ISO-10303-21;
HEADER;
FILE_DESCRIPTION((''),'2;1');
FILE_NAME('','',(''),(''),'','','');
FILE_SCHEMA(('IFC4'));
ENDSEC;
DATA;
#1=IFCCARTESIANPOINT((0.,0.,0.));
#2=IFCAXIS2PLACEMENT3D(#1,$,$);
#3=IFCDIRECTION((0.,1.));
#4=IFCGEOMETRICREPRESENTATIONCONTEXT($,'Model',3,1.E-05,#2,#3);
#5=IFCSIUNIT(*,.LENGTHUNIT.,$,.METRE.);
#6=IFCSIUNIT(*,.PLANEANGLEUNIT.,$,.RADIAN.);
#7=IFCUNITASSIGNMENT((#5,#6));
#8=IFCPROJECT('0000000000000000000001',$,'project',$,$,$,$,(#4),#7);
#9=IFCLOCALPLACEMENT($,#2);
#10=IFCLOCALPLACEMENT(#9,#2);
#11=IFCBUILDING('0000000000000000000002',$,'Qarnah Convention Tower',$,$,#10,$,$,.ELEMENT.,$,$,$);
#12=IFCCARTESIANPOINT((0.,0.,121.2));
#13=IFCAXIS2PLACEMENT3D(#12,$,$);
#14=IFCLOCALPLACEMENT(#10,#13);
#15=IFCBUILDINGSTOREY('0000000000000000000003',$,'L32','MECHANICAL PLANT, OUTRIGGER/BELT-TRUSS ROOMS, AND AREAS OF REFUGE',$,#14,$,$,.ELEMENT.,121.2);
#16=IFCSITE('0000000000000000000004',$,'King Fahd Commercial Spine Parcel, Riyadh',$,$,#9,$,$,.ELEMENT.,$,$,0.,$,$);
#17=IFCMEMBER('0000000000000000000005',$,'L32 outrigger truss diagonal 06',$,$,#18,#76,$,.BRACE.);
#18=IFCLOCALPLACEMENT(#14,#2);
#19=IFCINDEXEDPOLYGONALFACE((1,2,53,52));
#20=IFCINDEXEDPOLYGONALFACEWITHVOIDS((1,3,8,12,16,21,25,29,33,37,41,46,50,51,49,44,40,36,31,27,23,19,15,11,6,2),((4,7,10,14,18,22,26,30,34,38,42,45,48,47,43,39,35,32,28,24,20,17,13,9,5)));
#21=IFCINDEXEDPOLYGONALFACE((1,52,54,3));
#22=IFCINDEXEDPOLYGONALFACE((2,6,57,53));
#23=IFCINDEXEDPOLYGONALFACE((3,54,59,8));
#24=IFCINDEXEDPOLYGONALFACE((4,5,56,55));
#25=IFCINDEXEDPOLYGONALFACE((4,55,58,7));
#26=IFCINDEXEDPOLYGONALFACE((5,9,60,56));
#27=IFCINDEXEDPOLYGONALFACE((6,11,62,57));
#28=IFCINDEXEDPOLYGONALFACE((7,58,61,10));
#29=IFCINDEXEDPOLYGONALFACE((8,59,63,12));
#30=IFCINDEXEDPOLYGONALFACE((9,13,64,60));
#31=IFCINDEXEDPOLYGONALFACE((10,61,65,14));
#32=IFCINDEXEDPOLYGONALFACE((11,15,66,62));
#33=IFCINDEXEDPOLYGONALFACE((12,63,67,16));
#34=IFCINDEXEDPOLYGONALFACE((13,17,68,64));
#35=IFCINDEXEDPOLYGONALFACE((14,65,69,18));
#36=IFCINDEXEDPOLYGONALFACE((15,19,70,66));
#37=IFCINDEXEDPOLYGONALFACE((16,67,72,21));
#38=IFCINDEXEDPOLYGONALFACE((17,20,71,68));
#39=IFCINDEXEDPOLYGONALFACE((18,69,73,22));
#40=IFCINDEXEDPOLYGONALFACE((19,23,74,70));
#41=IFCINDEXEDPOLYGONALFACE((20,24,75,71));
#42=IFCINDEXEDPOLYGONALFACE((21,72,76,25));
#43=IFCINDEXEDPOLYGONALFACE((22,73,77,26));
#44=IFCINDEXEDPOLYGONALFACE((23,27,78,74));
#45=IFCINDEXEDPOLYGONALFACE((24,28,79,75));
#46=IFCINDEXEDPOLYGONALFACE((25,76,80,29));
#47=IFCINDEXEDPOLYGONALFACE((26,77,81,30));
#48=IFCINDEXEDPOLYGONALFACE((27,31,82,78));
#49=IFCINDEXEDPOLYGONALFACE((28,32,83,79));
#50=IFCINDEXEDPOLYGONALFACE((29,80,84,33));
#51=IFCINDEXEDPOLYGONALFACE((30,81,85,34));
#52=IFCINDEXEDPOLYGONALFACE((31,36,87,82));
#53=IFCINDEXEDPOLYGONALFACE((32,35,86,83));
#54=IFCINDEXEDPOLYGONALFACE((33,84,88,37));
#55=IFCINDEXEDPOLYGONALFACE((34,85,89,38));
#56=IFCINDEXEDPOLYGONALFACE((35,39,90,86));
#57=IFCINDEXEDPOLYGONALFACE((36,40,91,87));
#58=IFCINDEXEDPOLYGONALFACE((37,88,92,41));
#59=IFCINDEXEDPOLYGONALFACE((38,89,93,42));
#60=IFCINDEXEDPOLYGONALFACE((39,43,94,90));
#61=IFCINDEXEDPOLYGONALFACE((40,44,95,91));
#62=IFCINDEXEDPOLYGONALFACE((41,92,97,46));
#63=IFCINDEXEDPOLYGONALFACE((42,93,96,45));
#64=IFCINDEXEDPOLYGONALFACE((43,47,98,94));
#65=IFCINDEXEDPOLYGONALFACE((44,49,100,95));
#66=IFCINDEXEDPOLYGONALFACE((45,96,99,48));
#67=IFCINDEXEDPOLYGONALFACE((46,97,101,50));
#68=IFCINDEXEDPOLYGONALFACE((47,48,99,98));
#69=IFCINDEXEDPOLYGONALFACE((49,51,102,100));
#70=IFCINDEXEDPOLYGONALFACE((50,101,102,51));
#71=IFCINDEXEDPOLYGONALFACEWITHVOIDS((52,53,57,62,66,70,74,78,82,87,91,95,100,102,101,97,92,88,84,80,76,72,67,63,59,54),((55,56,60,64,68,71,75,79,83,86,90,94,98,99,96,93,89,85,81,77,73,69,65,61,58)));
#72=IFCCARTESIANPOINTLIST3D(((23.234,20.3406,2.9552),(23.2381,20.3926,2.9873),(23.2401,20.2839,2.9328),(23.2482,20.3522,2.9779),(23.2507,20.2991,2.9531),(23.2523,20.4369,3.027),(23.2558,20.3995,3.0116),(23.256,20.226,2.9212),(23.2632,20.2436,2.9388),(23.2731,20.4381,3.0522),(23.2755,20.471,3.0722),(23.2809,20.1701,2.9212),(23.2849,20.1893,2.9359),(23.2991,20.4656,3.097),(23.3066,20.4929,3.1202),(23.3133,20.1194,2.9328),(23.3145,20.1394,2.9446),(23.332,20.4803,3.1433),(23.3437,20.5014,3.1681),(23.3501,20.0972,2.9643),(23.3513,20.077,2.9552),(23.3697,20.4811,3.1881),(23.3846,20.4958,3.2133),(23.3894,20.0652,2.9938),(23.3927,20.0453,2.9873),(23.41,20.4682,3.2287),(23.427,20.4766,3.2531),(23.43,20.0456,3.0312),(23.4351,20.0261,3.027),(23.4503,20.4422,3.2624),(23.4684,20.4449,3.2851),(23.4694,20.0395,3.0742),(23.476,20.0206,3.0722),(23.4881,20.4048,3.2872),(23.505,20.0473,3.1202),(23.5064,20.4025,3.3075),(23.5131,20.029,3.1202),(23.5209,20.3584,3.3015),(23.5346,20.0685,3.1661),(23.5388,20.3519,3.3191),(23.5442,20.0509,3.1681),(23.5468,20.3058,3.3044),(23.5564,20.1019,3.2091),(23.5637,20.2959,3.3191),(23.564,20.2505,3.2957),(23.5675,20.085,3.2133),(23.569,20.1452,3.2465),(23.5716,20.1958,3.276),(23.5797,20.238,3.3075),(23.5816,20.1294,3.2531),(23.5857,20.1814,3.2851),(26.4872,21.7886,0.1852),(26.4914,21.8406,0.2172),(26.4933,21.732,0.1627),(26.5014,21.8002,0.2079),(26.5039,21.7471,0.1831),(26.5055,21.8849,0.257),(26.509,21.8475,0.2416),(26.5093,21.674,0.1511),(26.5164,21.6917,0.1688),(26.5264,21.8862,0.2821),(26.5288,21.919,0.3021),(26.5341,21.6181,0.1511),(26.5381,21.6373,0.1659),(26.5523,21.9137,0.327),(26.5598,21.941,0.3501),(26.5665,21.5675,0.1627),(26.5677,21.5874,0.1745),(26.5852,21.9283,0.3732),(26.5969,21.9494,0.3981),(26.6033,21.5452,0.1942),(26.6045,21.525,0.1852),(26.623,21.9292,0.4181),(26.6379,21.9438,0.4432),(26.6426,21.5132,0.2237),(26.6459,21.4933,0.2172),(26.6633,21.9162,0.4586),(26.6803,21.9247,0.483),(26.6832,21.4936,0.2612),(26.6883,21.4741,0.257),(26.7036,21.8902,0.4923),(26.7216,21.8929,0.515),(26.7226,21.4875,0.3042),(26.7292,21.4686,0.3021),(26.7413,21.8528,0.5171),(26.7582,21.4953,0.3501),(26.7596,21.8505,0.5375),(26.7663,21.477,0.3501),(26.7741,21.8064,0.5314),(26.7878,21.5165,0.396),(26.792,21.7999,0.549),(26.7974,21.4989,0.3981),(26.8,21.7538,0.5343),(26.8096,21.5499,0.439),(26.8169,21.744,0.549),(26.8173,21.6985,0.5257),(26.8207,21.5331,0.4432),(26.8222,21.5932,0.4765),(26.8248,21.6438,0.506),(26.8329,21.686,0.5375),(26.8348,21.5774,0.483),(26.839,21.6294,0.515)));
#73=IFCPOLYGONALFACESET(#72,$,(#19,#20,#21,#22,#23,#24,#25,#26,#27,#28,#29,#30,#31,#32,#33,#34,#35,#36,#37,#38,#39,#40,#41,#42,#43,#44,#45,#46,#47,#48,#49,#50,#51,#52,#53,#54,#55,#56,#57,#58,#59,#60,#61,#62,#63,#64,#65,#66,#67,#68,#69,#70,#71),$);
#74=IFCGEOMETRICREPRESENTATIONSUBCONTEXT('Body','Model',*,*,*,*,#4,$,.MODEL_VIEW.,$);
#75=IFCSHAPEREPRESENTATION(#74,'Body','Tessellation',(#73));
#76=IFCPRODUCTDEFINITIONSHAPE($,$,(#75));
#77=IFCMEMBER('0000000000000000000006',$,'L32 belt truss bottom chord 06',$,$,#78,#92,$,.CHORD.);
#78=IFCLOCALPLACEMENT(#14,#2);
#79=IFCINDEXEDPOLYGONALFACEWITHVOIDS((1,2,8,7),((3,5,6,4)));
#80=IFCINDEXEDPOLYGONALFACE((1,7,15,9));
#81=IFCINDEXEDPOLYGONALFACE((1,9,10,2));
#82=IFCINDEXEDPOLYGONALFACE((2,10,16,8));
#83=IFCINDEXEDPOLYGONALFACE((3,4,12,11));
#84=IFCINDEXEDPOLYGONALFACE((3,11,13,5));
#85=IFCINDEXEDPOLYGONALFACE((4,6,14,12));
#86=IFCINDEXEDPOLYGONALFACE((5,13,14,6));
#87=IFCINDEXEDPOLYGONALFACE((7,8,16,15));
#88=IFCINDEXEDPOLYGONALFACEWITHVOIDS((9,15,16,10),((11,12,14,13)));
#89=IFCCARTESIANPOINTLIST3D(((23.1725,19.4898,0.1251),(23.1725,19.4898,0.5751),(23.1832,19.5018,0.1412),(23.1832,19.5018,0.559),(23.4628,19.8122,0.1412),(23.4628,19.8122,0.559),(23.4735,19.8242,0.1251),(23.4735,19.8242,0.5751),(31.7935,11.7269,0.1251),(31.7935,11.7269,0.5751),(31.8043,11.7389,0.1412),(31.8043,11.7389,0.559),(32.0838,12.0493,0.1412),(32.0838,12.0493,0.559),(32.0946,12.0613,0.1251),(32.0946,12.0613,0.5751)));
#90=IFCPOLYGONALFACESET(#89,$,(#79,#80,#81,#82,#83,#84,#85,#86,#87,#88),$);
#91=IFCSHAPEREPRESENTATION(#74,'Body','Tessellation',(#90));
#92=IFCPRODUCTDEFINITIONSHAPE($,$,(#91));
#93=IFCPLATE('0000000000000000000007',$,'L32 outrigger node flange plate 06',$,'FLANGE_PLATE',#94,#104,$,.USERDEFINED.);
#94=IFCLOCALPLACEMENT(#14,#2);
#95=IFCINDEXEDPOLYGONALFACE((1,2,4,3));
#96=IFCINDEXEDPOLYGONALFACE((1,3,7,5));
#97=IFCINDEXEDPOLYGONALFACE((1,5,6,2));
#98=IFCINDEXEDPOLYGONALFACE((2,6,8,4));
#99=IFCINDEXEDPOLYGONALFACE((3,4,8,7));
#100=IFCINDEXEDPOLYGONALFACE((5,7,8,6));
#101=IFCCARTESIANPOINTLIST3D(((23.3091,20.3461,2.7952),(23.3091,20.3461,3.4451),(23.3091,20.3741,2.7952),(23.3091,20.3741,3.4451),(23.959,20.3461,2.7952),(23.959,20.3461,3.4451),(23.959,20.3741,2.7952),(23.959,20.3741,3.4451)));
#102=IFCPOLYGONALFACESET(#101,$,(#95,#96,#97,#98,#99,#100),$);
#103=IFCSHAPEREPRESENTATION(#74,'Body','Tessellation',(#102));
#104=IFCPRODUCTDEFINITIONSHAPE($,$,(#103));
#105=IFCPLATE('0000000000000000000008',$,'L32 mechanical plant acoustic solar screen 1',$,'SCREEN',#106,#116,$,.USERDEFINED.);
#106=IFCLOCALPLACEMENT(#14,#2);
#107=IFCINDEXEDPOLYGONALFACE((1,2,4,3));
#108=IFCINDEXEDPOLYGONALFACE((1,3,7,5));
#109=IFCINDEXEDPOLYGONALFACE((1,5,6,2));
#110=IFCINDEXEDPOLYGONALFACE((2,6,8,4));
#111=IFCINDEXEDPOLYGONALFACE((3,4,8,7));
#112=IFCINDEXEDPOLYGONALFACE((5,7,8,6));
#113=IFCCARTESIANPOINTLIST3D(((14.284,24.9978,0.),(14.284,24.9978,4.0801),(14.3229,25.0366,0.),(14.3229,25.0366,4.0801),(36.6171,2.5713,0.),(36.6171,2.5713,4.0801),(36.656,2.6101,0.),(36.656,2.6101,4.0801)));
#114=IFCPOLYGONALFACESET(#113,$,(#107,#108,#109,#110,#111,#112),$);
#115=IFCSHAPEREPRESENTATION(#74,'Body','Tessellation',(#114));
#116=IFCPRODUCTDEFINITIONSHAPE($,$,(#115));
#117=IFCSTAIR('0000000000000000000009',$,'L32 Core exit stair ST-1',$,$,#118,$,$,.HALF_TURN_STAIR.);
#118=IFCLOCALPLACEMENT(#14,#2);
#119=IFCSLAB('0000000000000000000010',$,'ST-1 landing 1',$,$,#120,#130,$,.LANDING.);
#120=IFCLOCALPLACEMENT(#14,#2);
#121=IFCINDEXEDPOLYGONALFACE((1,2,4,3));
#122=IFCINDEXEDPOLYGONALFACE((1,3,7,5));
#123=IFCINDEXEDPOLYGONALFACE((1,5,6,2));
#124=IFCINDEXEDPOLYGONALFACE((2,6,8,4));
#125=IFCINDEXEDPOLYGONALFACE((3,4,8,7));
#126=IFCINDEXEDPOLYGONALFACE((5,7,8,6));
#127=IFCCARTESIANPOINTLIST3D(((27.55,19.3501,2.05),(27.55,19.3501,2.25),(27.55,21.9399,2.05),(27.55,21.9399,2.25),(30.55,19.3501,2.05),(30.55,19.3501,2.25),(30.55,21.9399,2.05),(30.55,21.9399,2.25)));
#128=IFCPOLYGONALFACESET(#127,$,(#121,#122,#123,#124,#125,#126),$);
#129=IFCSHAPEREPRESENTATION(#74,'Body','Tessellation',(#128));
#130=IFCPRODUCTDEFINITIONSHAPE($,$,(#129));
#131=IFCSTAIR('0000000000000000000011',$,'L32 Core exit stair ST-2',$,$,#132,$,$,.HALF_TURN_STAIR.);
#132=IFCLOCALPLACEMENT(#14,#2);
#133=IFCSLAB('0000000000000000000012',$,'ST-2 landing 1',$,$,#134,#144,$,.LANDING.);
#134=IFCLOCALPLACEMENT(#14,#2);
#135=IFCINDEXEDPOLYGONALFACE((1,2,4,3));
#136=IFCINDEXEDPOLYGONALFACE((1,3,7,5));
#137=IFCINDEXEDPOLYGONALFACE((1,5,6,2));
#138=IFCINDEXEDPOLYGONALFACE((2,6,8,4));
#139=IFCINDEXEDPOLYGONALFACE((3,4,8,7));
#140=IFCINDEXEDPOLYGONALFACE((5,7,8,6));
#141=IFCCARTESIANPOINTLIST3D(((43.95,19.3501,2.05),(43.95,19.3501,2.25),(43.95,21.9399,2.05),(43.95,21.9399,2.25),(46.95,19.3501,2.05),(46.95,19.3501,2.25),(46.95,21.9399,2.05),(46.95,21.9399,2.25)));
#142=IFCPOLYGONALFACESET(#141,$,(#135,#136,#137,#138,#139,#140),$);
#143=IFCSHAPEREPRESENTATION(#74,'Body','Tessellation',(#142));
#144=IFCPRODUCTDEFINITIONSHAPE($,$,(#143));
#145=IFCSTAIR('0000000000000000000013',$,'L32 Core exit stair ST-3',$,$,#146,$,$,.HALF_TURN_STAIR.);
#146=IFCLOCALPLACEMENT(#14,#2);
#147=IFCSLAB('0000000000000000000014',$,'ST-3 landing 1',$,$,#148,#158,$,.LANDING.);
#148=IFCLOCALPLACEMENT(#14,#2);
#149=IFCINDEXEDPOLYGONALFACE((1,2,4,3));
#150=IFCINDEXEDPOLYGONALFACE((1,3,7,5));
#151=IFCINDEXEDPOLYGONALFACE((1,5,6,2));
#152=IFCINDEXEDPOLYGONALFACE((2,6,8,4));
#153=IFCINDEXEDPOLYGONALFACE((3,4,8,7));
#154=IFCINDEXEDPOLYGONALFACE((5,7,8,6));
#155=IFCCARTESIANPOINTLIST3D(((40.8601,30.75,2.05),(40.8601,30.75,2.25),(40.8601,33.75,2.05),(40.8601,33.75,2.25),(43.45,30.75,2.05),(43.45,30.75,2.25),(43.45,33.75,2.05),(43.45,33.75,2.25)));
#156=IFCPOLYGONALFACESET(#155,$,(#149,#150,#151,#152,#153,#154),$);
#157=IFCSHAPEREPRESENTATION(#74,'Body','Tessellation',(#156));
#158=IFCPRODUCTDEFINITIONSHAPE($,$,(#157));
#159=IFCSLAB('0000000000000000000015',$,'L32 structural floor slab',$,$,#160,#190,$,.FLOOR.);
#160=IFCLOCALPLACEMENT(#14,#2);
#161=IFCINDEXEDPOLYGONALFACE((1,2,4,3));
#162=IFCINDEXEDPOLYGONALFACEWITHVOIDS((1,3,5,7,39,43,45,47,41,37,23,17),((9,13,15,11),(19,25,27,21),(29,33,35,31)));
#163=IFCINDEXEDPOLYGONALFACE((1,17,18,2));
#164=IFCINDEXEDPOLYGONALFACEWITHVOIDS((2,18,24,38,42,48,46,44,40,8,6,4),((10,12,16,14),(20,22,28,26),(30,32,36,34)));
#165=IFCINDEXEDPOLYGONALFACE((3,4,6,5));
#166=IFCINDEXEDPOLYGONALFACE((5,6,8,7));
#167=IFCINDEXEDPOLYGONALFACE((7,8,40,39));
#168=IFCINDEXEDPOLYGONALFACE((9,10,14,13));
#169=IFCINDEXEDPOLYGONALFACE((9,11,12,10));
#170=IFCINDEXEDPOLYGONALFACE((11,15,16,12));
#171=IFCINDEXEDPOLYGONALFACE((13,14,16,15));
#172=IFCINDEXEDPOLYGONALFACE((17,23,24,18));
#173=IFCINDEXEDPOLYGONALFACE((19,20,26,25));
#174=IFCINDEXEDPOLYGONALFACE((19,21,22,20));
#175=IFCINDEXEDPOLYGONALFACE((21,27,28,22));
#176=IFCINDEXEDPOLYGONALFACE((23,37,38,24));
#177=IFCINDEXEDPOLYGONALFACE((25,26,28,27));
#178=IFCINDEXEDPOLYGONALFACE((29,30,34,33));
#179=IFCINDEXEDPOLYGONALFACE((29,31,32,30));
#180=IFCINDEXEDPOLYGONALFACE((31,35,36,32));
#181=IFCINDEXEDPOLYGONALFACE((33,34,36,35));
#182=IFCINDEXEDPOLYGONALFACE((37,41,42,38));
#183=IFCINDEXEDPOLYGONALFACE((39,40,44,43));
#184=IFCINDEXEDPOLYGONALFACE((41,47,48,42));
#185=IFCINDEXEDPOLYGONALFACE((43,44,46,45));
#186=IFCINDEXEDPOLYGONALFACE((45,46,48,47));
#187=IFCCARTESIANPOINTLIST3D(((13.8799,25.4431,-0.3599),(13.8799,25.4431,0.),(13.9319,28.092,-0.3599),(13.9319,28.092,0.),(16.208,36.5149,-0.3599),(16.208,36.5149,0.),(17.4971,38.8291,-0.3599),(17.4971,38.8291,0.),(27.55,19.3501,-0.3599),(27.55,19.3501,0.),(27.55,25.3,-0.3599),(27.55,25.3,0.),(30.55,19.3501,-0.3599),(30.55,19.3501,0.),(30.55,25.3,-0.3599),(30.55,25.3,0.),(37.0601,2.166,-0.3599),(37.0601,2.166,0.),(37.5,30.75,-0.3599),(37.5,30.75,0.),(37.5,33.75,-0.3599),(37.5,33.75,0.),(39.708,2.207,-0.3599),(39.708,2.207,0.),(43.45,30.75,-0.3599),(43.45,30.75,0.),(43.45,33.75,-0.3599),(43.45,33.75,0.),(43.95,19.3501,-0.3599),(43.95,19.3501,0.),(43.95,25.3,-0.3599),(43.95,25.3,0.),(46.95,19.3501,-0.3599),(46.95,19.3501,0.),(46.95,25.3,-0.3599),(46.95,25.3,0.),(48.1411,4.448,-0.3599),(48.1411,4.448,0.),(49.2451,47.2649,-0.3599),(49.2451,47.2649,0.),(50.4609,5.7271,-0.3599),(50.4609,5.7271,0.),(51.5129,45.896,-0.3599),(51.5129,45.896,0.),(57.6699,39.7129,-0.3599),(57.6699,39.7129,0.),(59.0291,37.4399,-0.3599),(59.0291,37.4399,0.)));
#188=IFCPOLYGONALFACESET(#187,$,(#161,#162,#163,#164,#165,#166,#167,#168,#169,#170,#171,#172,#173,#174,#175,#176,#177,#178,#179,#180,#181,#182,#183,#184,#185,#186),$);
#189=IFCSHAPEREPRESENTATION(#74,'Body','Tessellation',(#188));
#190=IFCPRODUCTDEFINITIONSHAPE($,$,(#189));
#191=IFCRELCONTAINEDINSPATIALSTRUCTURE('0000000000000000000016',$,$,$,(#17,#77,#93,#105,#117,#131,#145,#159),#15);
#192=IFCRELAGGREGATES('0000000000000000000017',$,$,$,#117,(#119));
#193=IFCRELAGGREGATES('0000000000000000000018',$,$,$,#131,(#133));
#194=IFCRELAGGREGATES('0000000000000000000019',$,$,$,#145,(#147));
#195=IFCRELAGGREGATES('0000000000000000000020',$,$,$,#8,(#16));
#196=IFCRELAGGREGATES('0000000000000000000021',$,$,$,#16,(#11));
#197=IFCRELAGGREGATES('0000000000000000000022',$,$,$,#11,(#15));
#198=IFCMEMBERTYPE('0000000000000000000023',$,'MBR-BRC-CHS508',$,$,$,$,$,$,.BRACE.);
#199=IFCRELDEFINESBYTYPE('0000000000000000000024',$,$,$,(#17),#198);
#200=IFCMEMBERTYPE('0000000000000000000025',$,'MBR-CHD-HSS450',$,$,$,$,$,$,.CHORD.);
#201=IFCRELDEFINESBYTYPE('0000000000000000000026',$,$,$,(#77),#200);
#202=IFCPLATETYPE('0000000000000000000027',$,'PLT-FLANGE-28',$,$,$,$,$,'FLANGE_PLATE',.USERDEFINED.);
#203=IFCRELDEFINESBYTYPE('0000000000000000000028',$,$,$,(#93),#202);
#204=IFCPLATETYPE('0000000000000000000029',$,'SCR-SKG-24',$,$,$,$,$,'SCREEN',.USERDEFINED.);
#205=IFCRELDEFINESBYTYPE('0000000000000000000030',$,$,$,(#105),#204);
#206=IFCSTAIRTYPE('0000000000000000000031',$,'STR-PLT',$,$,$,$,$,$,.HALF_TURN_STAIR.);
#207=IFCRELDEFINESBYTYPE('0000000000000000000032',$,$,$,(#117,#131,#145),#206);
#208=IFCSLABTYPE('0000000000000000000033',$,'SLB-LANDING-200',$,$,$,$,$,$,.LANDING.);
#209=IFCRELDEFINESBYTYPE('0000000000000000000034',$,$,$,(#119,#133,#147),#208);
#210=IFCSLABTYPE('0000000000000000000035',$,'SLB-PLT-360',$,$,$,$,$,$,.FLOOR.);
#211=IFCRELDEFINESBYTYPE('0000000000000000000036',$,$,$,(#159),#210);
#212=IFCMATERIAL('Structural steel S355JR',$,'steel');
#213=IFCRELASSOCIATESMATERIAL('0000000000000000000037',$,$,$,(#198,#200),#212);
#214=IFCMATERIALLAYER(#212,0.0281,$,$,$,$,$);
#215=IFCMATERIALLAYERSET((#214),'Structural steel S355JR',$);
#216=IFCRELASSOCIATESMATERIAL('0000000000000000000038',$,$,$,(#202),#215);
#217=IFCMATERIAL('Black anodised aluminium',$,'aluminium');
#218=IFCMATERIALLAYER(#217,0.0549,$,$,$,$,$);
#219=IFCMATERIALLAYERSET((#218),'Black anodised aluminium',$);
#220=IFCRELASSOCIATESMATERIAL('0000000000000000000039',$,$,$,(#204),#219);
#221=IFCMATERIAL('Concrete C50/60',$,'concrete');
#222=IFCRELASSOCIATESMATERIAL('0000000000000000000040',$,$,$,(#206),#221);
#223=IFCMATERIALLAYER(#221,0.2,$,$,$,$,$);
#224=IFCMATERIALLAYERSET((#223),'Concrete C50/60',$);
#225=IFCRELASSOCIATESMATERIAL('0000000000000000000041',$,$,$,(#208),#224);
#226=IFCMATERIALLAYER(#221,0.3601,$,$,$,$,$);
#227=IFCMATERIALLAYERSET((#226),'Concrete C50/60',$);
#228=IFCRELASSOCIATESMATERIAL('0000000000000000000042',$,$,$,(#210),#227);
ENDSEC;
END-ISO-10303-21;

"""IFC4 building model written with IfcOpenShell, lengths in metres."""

from ifc_helpers import new_model, si_unit, direction, frame, origin, origin_2d, place, context, subcontext, project, spatial, polyline, rectangle, hollow_rectangle, hollow_circle, outline, extrude, material, layer, layer_set, material_profile, profile_set, type_object, element, aggregate, save


model = new_model("IFC4")

# Units and contexts
model_context = context("Model", 3, precision=1e-05, world=origin(), true_north=direction((0.0, 1.0)))
body_context = subcontext(model_context, "Body", "Model", "MODEL_VIEW")
ifc_project = project(units=[si_unit("LENGTHUNIT", "METRE"), si_unit("PLANEANGLEUNIT", "RADIAN")], contexts=[model_context])

# Site, building, storey
site_placement = place(None, origin())
site = spatial("IfcSite", under=ifc_project, at=site_placement, Name="King Fahd Commercial Spine Parcel, Riyadh", CompositionType="ELEMENT", RefElevation=0.0)
building_placement = place(site_placement, origin())
building = spatial("IfcBuilding", under=site, at=building_placement, Name="Qarnah Convention Tower", CompositionType="ELEMENT")
storey_placement = place(building_placement, frame((0.0, 0.0, 121.2)))
storey = spatial("IfcBuildingStorey", under=building, at=storey_placement, Name="L32", Description="MECHANICAL PLANT, OUTRIGGER/BELT-TRUSS ROOMS, AND AREAS OF REFUGE", CompositionType="ELEMENT", Elevation=121.2)

# Shared definitions
ifc_material_1 = material(Name="Structural steel S355JR", Category="steel")

# Members
ifc_material_profile_1 = material_profile(ifc_material_1, hollow_circle(Radius=0.2539, WallThickness=0.02, at=origin_2d()), Name="CHS508X20")
ifc_profile_set_1 = profile_set([ifc_material_profile_1], Name="Structural steel S355JR")
member_type_1 = type_object("IfcMemberType", Name="MBR-BRC-CHS508", PredefinedType="BRACE", material=ifc_profile_set_1)
member_1_placement = place(storey_placement, frame((26.6631, 21.709, 0.3501), z_axis=(-0.721099, -0.320963, 0.614003), x_axis=(0.406641, -0.913588, 0.0)))
element("IfcMember", 1, at=member_1_placement, inside=storey, type_object=member_type_1, Name="L32 outrigger truss diagonal 06", PredefinedType="BRACE", context=body_context, shape_type="SweptSolid", body=[
    extrude(hollow_circle(Radius=0.2539, WallThickness=0.02, at=origin_2d()), origin(), (0.0, 0.0, 1.0), 4.5115),
])
ifc_material_profile_2 = material_profile(ifc_material_1, hollow_rectangle(XDim=0.45, YDim=0.45, WallThickness=0.0161, at=origin_2d()), Name="HSS450X450X16")
ifc_profile_set_2 = profile_set([ifc_material_profile_2], Name="Structural steel S355JR")
member_type_2 = type_object("IfcMemberType", Name="MBR-CHD-HSS450", PredefinedType="CHORD", material=ifc_profile_set_2)
member_2_placement = place(storey_placement, frame((23.323, 19.657, 0.3501), z_axis=(0.743125, -0.669153, 0.0), x_axis=(0.669153, 0.743125, 0.0)))
element("IfcMember", 2, at=member_2_placement, inside=storey, type_object=member_type_2, Name="L32 belt truss bottom chord 06", PredefinedType="CHORD", context=body_context, shape_type="SweptSolid", body=[
    extrude(hollow_rectangle(XDim=0.45, YDim=0.45, WallThickness=0.0161, at=origin_2d()), origin(), (0.0, 0.0, 1.0), 11.6011),
])

# Plates
ifc_layer_1 = layer(ifc_material_1, 0.0281)
ifc_layer_set_1 = layer_set([ifc_layer_1], Name="Structural steel S355JR")
plate_type_1 = type_object("IfcPlateType", Name="PLT-FLANGE-28", ElementType="FLANGE_PLATE", PredefinedType="USERDEFINED", material=ifc_layer_set_1)
plate_1_placement = place(storey_placement, frame((23.634, 20.3601, 2.7952), z_axis=(0.0, 0.0, 1.0), x_axis=(1.0, 0.0, 0.0)))
element("IfcPlate", 3, at=plate_1_placement, inside=storey, type_object=plate_type_1, Name="L32 outrigger node flange plate 06", ObjectType="FLANGE_PLATE", PredefinedType="USERDEFINED", context=body_context, shape_type="SweptSolid", body=[
    extrude(rectangle(XDim=0.6499, YDim=0.0281, at=origin_2d()), origin(), (0.0, 0.0, 1.0), 0.6499),
])
ifc_material_2 = material(Name="Black anodised aluminium", Category="aluminium")
ifc_layer_2 = layer(ifc_material_2, 0.0549)
ifc_layer_set_2 = layer_set([ifc_layer_2], Name="Black anodised aluminium")
plate_type_2 = type_object("IfcPlateType", Name="SCR-SKG-24", ElementType="SCREEN", PredefinedType="USERDEFINED", material=ifc_layer_set_2)
plate_2_placement = place(storey_placement, frame((25.47, 13.804, 0.0), z_axis=(0.0, 0.0, 1.0), x_axis=(-0.705629, 0.708581, 0.0)))
element("IfcPlate", 4, at=plate_2_placement, inside=storey, type_object=plate_type_2, Name="L32 mechanical plant acoustic solar screen 1", ObjectType="SCREEN", PredefinedType="USERDEFINED", context=body_context, shape_type="SweptSolid", body=[
    extrude(rectangle(XDim=31.6499, YDim=0.0549, at=origin_2d()), origin(), (0.0, 0.0, 1.0), 4.0801),
])

# Stairs, slabs
ifc_material_3 = material(Name="Concrete C50/60", Category="concrete")
stair_type = type_object("IfcStairType", Name="STR-PLT", PredefinedType="HALF_TURN_STAIR", material=ifc_material_3)
stair_1_placement = place(storey_placement, origin())
stair_1 = element("IfcStair", 5, at=stair_1_placement, inside=storey, type_object=stair_type, Name="L32 Core exit stair ST-1", PredefinedType="HALF_TURN_STAIR")
ifc_layer_3 = layer(ifc_material_3, 0.2)
ifc_layer_set_3 = layer_set([ifc_layer_3], Name="Concrete C50/60")
slab_type_1 = type_object("IfcSlabType", Name="SLB-LANDING-200", PredefinedType="LANDING", material=ifc_layer_set_3)
slab_1_placement = place(storey_placement, frame((0.0, 0.0, 2.05)))
slab_1 = element("IfcSlab", 6, at=slab_1_placement, type_object=slab_type_1, Name="ST-1 landing 1", PredefinedType="LANDING", context=body_context, shape_type="SweptSolid", body=[
    extrude(outline(polyline([(27.55, 21.9399), (27.55, 19.3501), (30.55, 19.3501), (30.55, 21.9399), (27.55, 21.9399)])), origin(), (0.0, 0.0, 1.0), 0.2),
])
aggregate(stair_1, [slab_1])
stair_2_placement = place(storey_placement, origin())
stair_2 = element("IfcStair", 7, at=stair_2_placement, inside=storey, type_object=stair_type, Name="L32 Core exit stair ST-2", PredefinedType="HALF_TURN_STAIR")
slab_2_placement = place(storey_placement, frame((0.0, 0.0, 2.05)))
slab_2 = element("IfcSlab", 8, at=slab_2_placement, type_object=slab_type_1, Name="ST-2 landing 1", PredefinedType="LANDING", context=body_context, shape_type="SweptSolid", body=[
    extrude(outline(polyline([(43.95, 21.9399), (43.95, 19.3501), (46.95, 19.3501), (46.95, 21.9399), (43.95, 21.9399)])), origin(), (0.0, 0.0, 1.0), 0.2),
])
aggregate(stair_2, [slab_2])
stair_3_placement = place(storey_placement, origin())
stair_3 = element("IfcStair", 9, at=stair_3_placement, inside=storey, type_object=stair_type, Name="L32 Core exit stair ST-3", PredefinedType="HALF_TURN_STAIR")
slab_3_placement = place(storey_placement, frame((0.0, 0.0, 2.05)))
slab_3 = element("IfcSlab", 10, at=slab_3_placement, type_object=slab_type_1, Name="ST-3 landing 1", PredefinedType="LANDING", context=body_context, shape_type="SweptSolid", body=[
    extrude(outline(polyline([(40.8601, 30.75), (43.45, 30.75), (43.45, 33.75), (40.8601, 33.75), (40.8601, 30.75)])), origin(), (0.0, 0.0, 1.0), 0.2),
])
aggregate(stair_3, [slab_3])

# Slab
ifc_layer_4 = layer(ifc_material_3, 0.3601)
ifc_layer_set_4 = layer_set([ifc_layer_4], Name="Concrete C50/60")
slab_type_2 = type_object("IfcSlabType", Name="SLB-PLT-360", PredefinedType="FLOOR", material=ifc_layer_set_4)
slab_4_placement = place(storey_placement, frame((0.0, 0.0, -0.3599)))
element("IfcSlab", 11, at=slab_4_placement, inside=storey, type_object=slab_type_2, Name="L32 structural floor slab", PredefinedType="FLOOR", context=body_context, shape_type="SweptSolid", body=[
    extrude(outline(polyline([(49.2451, 47.2649), (17.4971, 38.8291), (16.208, 36.5149), (13.9319, 28.092), (13.8799, 25.4431), (37.0601, 2.166), (39.708, 2.207), (48.1411, 4.448), (50.4609, 5.7271), (59.0291, 37.4399), (57.6699, 39.7129), (51.5129, 45.896), (49.2451, 47.2649)]), holes=[polyline([(27.55, 25.3), (27.55, 19.3501), (30.55, 19.3501), (30.55, 25.3), (27.55, 25.3)]), polyline([(43.95, 25.3), (43.95, 19.3501), (46.95, 19.3501), (46.95, 25.3), (43.95, 25.3)]), polyline([(37.5, 30.75), (43.45, 30.75), (43.45, 33.75), (37.5, 33.75), (37.5, 30.75)])]), origin(), (0.0, 0.0, 1.0), 0.3599),
])

save(model, "model.ifc")
